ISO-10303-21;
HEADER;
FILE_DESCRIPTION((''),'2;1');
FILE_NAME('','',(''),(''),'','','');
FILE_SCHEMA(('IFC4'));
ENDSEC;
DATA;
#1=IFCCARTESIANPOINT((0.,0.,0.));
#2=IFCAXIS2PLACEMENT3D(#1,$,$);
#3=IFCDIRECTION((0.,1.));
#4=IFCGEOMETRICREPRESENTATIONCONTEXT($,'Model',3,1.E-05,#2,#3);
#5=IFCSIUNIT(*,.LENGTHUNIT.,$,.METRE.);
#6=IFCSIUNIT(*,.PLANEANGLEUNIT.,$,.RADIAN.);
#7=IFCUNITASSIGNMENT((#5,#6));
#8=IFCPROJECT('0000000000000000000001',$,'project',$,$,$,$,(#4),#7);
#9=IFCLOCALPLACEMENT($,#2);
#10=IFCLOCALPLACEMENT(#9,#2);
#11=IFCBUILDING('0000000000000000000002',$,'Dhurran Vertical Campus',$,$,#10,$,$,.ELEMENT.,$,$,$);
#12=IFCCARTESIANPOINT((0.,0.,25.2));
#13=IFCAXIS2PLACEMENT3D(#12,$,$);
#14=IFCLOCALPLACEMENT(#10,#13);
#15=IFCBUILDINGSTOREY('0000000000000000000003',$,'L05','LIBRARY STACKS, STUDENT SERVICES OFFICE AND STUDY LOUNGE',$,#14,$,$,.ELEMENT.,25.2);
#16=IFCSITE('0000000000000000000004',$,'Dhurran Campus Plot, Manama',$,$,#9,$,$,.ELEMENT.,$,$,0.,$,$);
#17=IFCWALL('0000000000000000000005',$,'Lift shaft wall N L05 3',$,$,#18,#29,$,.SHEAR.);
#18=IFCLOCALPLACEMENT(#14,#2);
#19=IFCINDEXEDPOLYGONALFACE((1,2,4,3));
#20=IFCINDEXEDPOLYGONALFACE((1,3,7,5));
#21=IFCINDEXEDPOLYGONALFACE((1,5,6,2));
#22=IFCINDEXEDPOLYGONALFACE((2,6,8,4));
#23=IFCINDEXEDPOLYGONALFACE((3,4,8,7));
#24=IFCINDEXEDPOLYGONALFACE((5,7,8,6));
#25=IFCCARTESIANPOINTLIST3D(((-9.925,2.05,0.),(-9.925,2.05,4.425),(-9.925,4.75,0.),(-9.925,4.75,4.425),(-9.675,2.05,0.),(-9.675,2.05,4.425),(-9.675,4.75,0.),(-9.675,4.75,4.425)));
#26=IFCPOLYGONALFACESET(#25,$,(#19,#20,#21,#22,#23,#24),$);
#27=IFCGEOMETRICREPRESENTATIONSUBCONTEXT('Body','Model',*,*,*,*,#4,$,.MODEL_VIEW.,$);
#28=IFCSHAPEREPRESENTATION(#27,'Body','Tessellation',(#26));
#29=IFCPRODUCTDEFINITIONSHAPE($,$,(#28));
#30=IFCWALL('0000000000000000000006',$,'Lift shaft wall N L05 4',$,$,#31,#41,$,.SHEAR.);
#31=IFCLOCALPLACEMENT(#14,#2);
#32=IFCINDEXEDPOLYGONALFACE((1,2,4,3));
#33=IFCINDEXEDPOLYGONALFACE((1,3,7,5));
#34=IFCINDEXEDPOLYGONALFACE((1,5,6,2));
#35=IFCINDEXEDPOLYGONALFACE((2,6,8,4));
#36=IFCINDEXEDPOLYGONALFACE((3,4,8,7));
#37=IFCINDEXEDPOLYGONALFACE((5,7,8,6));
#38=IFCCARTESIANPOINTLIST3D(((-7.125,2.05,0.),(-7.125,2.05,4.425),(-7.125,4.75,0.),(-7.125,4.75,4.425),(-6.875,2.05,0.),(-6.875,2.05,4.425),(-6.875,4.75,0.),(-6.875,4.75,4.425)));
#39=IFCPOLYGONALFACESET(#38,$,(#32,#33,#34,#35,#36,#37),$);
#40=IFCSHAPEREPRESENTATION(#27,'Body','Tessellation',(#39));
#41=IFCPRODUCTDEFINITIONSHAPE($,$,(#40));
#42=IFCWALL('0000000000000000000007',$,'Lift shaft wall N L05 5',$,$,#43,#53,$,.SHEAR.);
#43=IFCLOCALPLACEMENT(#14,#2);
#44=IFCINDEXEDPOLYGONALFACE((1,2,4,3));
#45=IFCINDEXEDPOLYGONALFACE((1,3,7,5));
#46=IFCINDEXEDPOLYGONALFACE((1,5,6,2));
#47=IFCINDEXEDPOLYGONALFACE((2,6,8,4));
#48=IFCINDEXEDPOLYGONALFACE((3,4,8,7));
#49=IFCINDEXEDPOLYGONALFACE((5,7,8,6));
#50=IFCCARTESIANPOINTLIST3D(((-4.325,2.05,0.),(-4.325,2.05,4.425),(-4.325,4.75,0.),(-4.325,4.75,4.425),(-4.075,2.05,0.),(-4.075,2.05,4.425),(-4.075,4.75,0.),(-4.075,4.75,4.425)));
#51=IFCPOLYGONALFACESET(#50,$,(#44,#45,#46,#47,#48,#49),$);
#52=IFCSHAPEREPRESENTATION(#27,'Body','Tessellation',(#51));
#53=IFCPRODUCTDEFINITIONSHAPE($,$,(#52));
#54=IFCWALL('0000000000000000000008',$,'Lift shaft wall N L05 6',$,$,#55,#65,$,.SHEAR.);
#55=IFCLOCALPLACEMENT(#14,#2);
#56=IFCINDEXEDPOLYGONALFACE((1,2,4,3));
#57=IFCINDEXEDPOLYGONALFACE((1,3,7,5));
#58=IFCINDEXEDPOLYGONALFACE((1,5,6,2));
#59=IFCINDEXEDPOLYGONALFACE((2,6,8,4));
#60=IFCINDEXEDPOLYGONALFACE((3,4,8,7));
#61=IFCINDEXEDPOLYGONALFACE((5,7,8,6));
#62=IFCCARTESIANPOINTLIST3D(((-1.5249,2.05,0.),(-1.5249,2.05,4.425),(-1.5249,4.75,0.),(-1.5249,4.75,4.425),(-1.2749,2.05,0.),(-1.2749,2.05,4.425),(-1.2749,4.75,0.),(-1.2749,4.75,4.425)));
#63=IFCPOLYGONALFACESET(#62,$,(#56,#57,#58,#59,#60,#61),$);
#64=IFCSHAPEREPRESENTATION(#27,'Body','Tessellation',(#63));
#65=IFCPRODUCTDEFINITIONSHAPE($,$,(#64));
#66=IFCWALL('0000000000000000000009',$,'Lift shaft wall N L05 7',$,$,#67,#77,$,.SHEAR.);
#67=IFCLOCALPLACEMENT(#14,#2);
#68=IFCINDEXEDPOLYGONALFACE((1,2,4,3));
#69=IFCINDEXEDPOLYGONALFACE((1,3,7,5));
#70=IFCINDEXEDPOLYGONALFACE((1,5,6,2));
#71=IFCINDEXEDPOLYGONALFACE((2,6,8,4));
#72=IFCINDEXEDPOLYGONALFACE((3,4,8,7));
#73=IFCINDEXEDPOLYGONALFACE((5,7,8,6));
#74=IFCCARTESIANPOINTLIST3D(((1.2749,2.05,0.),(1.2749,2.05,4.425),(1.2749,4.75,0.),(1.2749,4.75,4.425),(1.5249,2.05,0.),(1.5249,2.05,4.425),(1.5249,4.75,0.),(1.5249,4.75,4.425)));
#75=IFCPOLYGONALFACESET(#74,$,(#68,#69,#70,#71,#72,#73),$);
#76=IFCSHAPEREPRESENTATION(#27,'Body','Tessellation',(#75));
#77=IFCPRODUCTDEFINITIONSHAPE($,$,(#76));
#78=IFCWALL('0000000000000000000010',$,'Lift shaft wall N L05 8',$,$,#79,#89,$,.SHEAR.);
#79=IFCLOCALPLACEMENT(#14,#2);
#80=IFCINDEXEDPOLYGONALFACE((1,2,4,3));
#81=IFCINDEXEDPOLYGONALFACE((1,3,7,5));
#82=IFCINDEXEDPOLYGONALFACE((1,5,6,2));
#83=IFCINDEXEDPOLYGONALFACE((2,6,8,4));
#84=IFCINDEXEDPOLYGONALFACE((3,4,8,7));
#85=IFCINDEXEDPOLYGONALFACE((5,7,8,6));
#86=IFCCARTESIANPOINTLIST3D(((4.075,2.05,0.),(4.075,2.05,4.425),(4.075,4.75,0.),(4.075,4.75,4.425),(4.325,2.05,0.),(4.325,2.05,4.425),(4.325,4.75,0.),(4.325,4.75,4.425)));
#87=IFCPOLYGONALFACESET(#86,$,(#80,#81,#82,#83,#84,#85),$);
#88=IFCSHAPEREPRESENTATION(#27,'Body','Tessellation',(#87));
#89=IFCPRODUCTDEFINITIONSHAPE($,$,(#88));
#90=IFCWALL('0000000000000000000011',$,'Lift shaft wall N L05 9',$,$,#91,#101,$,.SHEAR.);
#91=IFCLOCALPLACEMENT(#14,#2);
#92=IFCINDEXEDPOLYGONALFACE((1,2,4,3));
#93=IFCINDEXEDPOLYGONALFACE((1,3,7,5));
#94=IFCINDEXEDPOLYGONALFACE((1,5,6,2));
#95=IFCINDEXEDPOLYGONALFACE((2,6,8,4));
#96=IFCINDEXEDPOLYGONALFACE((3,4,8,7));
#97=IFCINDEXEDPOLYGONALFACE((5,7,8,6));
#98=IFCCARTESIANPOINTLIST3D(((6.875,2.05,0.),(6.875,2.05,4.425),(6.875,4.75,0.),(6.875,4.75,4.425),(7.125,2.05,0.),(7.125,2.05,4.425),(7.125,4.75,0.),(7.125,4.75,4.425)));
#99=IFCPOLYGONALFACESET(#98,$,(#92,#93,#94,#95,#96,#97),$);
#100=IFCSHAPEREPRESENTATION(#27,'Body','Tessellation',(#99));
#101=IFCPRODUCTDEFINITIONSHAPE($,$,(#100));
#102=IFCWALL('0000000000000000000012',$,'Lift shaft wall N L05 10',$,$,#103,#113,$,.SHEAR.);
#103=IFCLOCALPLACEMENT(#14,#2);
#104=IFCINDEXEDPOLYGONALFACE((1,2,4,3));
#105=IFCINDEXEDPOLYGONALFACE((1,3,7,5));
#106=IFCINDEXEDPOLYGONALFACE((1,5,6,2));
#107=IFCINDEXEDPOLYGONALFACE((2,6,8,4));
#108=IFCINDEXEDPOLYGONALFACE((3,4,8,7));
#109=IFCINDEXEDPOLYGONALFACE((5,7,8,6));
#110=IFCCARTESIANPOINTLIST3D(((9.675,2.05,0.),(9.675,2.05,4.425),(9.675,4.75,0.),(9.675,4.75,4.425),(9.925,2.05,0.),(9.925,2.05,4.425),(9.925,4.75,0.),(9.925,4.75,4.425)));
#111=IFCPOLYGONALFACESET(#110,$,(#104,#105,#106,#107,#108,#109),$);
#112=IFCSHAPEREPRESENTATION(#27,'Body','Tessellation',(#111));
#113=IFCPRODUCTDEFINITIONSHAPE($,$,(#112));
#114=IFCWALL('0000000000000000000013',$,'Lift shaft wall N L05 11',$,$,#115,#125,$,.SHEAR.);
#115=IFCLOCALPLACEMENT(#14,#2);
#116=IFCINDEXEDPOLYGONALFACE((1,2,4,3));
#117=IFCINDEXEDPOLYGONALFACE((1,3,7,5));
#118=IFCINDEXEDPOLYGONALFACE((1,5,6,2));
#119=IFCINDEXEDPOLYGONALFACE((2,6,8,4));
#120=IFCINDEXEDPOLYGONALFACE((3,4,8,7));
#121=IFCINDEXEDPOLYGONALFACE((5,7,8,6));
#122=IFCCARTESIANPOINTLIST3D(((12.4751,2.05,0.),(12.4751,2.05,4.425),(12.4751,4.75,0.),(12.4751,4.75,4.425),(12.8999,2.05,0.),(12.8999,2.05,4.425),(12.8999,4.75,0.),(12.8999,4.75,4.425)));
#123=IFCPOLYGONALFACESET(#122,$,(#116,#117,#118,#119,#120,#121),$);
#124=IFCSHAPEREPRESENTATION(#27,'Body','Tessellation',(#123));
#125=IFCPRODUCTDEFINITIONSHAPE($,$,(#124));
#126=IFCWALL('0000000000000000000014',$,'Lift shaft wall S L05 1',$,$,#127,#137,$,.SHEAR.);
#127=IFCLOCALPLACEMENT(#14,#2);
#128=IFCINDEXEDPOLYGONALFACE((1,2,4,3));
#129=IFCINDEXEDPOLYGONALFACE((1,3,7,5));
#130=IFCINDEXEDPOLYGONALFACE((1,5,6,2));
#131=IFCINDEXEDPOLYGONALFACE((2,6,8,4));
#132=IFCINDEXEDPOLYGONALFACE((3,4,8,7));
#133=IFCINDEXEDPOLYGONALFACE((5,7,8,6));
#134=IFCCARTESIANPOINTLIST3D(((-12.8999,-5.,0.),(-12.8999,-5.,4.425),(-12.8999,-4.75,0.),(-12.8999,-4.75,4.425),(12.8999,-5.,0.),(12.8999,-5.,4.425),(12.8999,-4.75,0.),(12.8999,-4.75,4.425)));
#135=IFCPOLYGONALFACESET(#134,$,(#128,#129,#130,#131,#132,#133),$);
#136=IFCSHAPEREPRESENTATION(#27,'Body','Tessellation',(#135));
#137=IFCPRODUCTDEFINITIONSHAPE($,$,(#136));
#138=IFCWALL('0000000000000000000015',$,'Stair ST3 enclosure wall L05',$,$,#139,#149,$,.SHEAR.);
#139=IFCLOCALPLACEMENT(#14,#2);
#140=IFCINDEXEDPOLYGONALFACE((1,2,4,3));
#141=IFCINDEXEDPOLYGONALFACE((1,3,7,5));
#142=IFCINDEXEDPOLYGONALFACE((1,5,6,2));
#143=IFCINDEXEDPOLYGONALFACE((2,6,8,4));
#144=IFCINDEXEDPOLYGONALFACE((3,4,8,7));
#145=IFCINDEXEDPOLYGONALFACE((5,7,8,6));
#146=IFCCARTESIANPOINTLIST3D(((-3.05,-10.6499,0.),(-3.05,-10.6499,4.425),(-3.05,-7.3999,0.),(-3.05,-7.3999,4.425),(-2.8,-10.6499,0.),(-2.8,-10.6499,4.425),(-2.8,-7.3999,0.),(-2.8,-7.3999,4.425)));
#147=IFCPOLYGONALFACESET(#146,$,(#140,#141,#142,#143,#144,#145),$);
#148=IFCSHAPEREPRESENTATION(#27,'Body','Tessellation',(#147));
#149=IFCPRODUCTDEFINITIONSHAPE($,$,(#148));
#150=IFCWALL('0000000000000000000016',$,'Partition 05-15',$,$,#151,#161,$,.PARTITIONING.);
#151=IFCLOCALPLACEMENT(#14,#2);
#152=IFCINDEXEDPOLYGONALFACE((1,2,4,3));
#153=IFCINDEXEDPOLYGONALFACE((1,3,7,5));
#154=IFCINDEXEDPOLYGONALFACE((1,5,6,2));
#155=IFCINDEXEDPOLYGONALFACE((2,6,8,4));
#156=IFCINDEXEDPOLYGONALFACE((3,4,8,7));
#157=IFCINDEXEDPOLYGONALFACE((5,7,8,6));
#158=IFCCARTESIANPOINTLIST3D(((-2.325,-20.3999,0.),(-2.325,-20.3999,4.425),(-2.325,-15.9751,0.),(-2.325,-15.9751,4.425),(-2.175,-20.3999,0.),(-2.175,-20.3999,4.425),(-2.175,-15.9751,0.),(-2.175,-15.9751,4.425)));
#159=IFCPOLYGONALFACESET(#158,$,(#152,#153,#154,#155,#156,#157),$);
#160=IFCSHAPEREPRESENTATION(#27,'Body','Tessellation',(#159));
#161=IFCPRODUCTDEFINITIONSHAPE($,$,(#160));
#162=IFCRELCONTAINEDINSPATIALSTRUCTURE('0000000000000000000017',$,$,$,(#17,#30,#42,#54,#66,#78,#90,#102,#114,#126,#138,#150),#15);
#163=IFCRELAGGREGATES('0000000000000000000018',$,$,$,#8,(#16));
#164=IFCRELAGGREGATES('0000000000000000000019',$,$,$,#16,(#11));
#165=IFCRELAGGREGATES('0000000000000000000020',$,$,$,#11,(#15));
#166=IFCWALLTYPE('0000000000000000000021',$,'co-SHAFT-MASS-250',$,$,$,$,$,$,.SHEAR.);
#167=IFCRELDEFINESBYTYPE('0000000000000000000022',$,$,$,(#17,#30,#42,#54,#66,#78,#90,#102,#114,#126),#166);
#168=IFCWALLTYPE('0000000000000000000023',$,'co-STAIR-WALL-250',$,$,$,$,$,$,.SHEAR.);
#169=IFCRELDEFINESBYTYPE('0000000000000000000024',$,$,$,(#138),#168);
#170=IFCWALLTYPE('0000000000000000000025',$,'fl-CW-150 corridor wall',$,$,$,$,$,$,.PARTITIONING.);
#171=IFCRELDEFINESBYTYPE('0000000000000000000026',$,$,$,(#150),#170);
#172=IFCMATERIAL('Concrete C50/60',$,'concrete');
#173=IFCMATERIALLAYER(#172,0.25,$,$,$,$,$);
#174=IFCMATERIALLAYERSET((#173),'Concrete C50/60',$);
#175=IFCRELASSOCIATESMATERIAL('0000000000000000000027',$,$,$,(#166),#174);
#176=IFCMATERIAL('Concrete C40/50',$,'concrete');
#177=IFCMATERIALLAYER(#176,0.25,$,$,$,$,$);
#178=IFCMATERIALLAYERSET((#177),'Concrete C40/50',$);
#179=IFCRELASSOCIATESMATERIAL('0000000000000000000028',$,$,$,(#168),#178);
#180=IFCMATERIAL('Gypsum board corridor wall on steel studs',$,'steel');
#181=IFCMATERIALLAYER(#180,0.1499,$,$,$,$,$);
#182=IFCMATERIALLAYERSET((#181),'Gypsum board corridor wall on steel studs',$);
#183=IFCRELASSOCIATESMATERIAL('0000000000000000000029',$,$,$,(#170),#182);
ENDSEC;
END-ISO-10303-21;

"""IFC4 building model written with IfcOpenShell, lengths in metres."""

from ifc_helpers import new_model, si_unit, direction, frame, frame_2d, origin, place, context, subcontext, project, spatial, polyline, rectangle, outline, extrude, material, layer, layer_set, type_object, element, save


model = new_model("IFC4")

# Units and contexts
model_context = context("Model", 3, precision=1e-05, world=origin(), true_north=direction((0.0, 1.0)))
body_context = subcontext(model_context, "Body", "Model", "MODEL_VIEW")
ifc_project = project(units=[si_unit("LENGTHUNIT", "METRE"), si_unit("PLANEANGLEUNIT", "RADIAN")], contexts=[model_context])

# Site, building, storey
site_placement = place(None, origin())
site = spatial("IfcSite", under=ifc_project, at=site_placement, Name="Dhurran Campus Plot, Manama", CompositionType="ELEMENT", RefElevation=0.0)
building_placement = place(site_placement, origin())
building = spatial("IfcBuilding", under=site, at=building_placement, Name="Dhurran Vertical Campus", CompositionType="ELEMENT")
storey_placement = place(building_placement, frame((0.0, 0.0, 25.2)))
storey = spatial("IfcBuildingStorey", under=building, at=storey_placement, Name="L05", Description="LIBRARY STACKS, STUDENT SERVICES OFFICE AND STUDY LOUNGE", CompositionType="ELEMENT", Elevation=25.2)

# Walls
ifc_material_1 = material(Name="Concrete C50/60", Category="concrete")
ifc_layer_1 = layer(ifc_material_1, 0.25)
ifc_layer_set_1 = layer_set([ifc_layer_1], Name="Concrete C50/60")
wall_type_1 = type_object("IfcWallType", Name="co-SHAFT-MASS-250", PredefinedType="SHEAR", material=ifc_layer_set_1)
wall_1_placement = place(storey_placement, origin())
element("IfcWall", 1, at=wall_1_placement, inside=storey, type_object=wall_type_1, Name="Lift shaft wall N L05 3", PredefinedType="SHEAR", context=body_context, shape_type="SweptSolid", body=[
    extrude(outline(polyline([(-9.925, 2.05), (-9.675, 2.05), (-9.675, 4.75), (-9.925, 4.75), (-9.925, 2.05)])), origin(), (0.0, 0.0, 1.0), 4.425),
])
wall_2_placement = place(storey_placement, origin())
element("IfcWall", 2, at=wall_2_placement, inside=storey, type_object=wall_type_1, Name="Lift shaft wall N L05 4", PredefinedType="SHEAR", context=body_context, shape_type="SweptSolid", body=[
    extrude(outline(polyline([(-7.125, 2.05), (-6.875, 2.05), (-6.875, 4.75), (-7.125, 4.75), (-7.125, 2.05)])), origin(), (0.0, 0.0, 1.0), 4.425),
])
wall_3_placement = place(storey_placement, origin())
element("IfcWall", 3, at=wall_3_placement, inside=storey, type_object=wall_type_1, Name="Lift shaft wall N L05 5", PredefinedType="SHEAR", context=body_context, shape_type="SweptSolid", body=[
    extrude(outline(polyline([(-4.325, 2.05), (-4.075, 2.05), (-4.075, 4.75), (-4.325, 4.75), (-4.325, 2.05)])), origin(), (0.0, 0.0, 1.0), 4.425),
])
wall_4_placement = place(storey_placement, origin())
element("IfcWall", 4, at=wall_4_placement, inside=storey, type_object=wall_type_1, Name="Lift shaft wall N L05 6", PredefinedType="SHEAR", context=body_context, shape_type="SweptSolid", body=[
    extrude(outline(polyline([(-1.5249, 2.05), (-1.2749, 2.05), (-1.2749, 4.75), (-1.5249, 4.75), (-1.5249, 2.05)])), origin(), (0.0, 0.0, 1.0), 4.425),
])
wall_5_placement = place(storey_placement, origin())
element("IfcWall", 5, at=wall_5_placement, inside=storey, type_object=wall_type_1, Name="Lift shaft wall N L05 7", PredefinedType="SHEAR", context=body_context, shape_type="SweptSolid", body=[
    extrude(outline(polyline([(1.2749, 2.05), (1.5249, 2.05), (1.5249, 4.75), (1.2749, 4.75), (1.2749, 2.05)])), origin(), (0.0, 0.0, 1.0), 4.425),
])
wall_6_placement = place(storey_placement, origin())
element("IfcWall", 6, at=wall_6_placement, inside=storey, type_object=wall_type_1, Name="Lift shaft wall N L05 8", PredefinedType="SHEAR", context=body_context, shape_type="SweptSolid", body=[
    extrude(outline(polyline([(4.075, 2.05), (4.325, 2.05), (4.325, 4.75), (4.075, 4.75), (4.075, 2.05)])), origin(), (0.0, 0.0, 1.0), 4.425),
])
wall_7_placement = place(storey_placement, origin())
element("IfcWall", 7, at=wall_7_placement, inside=storey, type_object=wall_type_1, Name="Lift shaft wall N L05 9", PredefinedType="SHEAR", context=body_context, shape_type="SweptSolid", body=[
    extrude(outline(polyline([(6.875, 2.05), (7.125, 2.05), (7.125, 4.75), (6.875, 4.75), (6.875, 2.05)])), origin(), (0.0, 0.0, 1.0), 4.425),
])
wall_8_placement = place(storey_placement, origin())
element("IfcWall", 8, at=wall_8_placement, inside=storey, type_object=wall_type_1, Name="Lift shaft wall N L05 10", PredefinedType="SHEAR", context=body_context, shape_type="SweptSolid", body=[
    extrude(outline(polyline([(9.675, 2.05), (9.925, 2.05), (9.925, 4.75), (9.675, 4.75), (9.675, 2.05)])), origin(), (0.0, 0.0, 1.0), 4.425),
])
wall_9_placement = place(storey_placement, origin())
element("IfcWall", 9, at=wall_9_placement, inside=storey, type_object=wall_type_1, Name="Lift shaft wall N L05 11", PredefinedType="SHEAR", context=body_context, shape_type="SweptSolid", body=[
    extrude(outline(polyline([(12.4751, 2.05), (12.8999, 2.05), (12.8999, 4.75), (12.4751, 4.75), (12.4751, 2.05)])), origin(), (0.0, 0.0, 1.0), 4.425),
])
wall_10_placement = place(storey_placement, origin())
element("IfcWall", 10, at=wall_10_placement, inside=storey, type_object=wall_type_1, Name="Lift shaft wall S L05 1", PredefinedType="SHEAR", context=body_context, shape_type="SweptSolid", body=[
    extrude(outline(polyline([(-12.8999, -5.0), (12.8999, -5.0), (12.8999, -4.75), (-12.8999, -4.75), (-12.8999, -5.0)])), origin(), (0.0, 0.0, 1.0), 4.425),
])
ifc_material_2 = material(Name="Concrete C40/50", Category="concrete")
ifc_layer_2 = layer(ifc_material_2, 0.25)
ifc_layer_set_2 = layer_set([ifc_layer_2], Name="Concrete C40/50")
wall_type_2 = type_object("IfcWallType", Name="co-STAIR-WALL-250", PredefinedType="SHEAR", material=ifc_layer_set_2)
wall_11_placement = place(storey_placement, frame((-2.925, -10.6499, 0.0), z_axis=(0.0, 0.0, 1.0), x_axis=(0.0, 1.0, 0.0)))
element("IfcWall", 11, at=wall_11_placement, inside=storey, type_object=wall_type_2, Name="Stair ST3 enclosure wall L05", PredefinedType="SHEAR", context=body_context, shape_type="SweptSolid", body=[
    extrude(rectangle(XDim=3.25, YDim=0.25, at=frame_2d((1.625, 0.0))), origin(), (0.0, 0.0, 1.0), 4.425),
])
ifc_material_3 = material(Name="Gypsum board corridor wall on steel studs", Category="steel")
ifc_layer_3 = layer(ifc_material_3, 0.1499)
ifc_layer_set_3 = layer_set([ifc_layer_3], Name="Gypsum board corridor wall on steel studs")
wall_type_3 = type_object("IfcWallType", Name="fl-CW-150 corridor wall", PredefinedType="PARTITIONING", material=ifc_layer_set_3)
wall_12_placement = place(storey_placement, frame((-2.25, -20.3999, 0.0), z_axis=(0.0, 0.0, 1.0), x_axis=(0.0, 1.0, 0.0)))
element("IfcWall", 12, at=wall_12_placement, inside=storey, type_object=wall_type_3, Name="Partition 05-15", PredefinedType="PARTITIONING", context=body_context, shape_type="SweptSolid", body=[
    extrude(rectangle(XDim=4.4248, YDim=0.1499, at=frame_2d((2.2124, 0.0))), origin(), (0.0, 0.0, 1.0), 4.425),
])

save(model, "model.ifc")
